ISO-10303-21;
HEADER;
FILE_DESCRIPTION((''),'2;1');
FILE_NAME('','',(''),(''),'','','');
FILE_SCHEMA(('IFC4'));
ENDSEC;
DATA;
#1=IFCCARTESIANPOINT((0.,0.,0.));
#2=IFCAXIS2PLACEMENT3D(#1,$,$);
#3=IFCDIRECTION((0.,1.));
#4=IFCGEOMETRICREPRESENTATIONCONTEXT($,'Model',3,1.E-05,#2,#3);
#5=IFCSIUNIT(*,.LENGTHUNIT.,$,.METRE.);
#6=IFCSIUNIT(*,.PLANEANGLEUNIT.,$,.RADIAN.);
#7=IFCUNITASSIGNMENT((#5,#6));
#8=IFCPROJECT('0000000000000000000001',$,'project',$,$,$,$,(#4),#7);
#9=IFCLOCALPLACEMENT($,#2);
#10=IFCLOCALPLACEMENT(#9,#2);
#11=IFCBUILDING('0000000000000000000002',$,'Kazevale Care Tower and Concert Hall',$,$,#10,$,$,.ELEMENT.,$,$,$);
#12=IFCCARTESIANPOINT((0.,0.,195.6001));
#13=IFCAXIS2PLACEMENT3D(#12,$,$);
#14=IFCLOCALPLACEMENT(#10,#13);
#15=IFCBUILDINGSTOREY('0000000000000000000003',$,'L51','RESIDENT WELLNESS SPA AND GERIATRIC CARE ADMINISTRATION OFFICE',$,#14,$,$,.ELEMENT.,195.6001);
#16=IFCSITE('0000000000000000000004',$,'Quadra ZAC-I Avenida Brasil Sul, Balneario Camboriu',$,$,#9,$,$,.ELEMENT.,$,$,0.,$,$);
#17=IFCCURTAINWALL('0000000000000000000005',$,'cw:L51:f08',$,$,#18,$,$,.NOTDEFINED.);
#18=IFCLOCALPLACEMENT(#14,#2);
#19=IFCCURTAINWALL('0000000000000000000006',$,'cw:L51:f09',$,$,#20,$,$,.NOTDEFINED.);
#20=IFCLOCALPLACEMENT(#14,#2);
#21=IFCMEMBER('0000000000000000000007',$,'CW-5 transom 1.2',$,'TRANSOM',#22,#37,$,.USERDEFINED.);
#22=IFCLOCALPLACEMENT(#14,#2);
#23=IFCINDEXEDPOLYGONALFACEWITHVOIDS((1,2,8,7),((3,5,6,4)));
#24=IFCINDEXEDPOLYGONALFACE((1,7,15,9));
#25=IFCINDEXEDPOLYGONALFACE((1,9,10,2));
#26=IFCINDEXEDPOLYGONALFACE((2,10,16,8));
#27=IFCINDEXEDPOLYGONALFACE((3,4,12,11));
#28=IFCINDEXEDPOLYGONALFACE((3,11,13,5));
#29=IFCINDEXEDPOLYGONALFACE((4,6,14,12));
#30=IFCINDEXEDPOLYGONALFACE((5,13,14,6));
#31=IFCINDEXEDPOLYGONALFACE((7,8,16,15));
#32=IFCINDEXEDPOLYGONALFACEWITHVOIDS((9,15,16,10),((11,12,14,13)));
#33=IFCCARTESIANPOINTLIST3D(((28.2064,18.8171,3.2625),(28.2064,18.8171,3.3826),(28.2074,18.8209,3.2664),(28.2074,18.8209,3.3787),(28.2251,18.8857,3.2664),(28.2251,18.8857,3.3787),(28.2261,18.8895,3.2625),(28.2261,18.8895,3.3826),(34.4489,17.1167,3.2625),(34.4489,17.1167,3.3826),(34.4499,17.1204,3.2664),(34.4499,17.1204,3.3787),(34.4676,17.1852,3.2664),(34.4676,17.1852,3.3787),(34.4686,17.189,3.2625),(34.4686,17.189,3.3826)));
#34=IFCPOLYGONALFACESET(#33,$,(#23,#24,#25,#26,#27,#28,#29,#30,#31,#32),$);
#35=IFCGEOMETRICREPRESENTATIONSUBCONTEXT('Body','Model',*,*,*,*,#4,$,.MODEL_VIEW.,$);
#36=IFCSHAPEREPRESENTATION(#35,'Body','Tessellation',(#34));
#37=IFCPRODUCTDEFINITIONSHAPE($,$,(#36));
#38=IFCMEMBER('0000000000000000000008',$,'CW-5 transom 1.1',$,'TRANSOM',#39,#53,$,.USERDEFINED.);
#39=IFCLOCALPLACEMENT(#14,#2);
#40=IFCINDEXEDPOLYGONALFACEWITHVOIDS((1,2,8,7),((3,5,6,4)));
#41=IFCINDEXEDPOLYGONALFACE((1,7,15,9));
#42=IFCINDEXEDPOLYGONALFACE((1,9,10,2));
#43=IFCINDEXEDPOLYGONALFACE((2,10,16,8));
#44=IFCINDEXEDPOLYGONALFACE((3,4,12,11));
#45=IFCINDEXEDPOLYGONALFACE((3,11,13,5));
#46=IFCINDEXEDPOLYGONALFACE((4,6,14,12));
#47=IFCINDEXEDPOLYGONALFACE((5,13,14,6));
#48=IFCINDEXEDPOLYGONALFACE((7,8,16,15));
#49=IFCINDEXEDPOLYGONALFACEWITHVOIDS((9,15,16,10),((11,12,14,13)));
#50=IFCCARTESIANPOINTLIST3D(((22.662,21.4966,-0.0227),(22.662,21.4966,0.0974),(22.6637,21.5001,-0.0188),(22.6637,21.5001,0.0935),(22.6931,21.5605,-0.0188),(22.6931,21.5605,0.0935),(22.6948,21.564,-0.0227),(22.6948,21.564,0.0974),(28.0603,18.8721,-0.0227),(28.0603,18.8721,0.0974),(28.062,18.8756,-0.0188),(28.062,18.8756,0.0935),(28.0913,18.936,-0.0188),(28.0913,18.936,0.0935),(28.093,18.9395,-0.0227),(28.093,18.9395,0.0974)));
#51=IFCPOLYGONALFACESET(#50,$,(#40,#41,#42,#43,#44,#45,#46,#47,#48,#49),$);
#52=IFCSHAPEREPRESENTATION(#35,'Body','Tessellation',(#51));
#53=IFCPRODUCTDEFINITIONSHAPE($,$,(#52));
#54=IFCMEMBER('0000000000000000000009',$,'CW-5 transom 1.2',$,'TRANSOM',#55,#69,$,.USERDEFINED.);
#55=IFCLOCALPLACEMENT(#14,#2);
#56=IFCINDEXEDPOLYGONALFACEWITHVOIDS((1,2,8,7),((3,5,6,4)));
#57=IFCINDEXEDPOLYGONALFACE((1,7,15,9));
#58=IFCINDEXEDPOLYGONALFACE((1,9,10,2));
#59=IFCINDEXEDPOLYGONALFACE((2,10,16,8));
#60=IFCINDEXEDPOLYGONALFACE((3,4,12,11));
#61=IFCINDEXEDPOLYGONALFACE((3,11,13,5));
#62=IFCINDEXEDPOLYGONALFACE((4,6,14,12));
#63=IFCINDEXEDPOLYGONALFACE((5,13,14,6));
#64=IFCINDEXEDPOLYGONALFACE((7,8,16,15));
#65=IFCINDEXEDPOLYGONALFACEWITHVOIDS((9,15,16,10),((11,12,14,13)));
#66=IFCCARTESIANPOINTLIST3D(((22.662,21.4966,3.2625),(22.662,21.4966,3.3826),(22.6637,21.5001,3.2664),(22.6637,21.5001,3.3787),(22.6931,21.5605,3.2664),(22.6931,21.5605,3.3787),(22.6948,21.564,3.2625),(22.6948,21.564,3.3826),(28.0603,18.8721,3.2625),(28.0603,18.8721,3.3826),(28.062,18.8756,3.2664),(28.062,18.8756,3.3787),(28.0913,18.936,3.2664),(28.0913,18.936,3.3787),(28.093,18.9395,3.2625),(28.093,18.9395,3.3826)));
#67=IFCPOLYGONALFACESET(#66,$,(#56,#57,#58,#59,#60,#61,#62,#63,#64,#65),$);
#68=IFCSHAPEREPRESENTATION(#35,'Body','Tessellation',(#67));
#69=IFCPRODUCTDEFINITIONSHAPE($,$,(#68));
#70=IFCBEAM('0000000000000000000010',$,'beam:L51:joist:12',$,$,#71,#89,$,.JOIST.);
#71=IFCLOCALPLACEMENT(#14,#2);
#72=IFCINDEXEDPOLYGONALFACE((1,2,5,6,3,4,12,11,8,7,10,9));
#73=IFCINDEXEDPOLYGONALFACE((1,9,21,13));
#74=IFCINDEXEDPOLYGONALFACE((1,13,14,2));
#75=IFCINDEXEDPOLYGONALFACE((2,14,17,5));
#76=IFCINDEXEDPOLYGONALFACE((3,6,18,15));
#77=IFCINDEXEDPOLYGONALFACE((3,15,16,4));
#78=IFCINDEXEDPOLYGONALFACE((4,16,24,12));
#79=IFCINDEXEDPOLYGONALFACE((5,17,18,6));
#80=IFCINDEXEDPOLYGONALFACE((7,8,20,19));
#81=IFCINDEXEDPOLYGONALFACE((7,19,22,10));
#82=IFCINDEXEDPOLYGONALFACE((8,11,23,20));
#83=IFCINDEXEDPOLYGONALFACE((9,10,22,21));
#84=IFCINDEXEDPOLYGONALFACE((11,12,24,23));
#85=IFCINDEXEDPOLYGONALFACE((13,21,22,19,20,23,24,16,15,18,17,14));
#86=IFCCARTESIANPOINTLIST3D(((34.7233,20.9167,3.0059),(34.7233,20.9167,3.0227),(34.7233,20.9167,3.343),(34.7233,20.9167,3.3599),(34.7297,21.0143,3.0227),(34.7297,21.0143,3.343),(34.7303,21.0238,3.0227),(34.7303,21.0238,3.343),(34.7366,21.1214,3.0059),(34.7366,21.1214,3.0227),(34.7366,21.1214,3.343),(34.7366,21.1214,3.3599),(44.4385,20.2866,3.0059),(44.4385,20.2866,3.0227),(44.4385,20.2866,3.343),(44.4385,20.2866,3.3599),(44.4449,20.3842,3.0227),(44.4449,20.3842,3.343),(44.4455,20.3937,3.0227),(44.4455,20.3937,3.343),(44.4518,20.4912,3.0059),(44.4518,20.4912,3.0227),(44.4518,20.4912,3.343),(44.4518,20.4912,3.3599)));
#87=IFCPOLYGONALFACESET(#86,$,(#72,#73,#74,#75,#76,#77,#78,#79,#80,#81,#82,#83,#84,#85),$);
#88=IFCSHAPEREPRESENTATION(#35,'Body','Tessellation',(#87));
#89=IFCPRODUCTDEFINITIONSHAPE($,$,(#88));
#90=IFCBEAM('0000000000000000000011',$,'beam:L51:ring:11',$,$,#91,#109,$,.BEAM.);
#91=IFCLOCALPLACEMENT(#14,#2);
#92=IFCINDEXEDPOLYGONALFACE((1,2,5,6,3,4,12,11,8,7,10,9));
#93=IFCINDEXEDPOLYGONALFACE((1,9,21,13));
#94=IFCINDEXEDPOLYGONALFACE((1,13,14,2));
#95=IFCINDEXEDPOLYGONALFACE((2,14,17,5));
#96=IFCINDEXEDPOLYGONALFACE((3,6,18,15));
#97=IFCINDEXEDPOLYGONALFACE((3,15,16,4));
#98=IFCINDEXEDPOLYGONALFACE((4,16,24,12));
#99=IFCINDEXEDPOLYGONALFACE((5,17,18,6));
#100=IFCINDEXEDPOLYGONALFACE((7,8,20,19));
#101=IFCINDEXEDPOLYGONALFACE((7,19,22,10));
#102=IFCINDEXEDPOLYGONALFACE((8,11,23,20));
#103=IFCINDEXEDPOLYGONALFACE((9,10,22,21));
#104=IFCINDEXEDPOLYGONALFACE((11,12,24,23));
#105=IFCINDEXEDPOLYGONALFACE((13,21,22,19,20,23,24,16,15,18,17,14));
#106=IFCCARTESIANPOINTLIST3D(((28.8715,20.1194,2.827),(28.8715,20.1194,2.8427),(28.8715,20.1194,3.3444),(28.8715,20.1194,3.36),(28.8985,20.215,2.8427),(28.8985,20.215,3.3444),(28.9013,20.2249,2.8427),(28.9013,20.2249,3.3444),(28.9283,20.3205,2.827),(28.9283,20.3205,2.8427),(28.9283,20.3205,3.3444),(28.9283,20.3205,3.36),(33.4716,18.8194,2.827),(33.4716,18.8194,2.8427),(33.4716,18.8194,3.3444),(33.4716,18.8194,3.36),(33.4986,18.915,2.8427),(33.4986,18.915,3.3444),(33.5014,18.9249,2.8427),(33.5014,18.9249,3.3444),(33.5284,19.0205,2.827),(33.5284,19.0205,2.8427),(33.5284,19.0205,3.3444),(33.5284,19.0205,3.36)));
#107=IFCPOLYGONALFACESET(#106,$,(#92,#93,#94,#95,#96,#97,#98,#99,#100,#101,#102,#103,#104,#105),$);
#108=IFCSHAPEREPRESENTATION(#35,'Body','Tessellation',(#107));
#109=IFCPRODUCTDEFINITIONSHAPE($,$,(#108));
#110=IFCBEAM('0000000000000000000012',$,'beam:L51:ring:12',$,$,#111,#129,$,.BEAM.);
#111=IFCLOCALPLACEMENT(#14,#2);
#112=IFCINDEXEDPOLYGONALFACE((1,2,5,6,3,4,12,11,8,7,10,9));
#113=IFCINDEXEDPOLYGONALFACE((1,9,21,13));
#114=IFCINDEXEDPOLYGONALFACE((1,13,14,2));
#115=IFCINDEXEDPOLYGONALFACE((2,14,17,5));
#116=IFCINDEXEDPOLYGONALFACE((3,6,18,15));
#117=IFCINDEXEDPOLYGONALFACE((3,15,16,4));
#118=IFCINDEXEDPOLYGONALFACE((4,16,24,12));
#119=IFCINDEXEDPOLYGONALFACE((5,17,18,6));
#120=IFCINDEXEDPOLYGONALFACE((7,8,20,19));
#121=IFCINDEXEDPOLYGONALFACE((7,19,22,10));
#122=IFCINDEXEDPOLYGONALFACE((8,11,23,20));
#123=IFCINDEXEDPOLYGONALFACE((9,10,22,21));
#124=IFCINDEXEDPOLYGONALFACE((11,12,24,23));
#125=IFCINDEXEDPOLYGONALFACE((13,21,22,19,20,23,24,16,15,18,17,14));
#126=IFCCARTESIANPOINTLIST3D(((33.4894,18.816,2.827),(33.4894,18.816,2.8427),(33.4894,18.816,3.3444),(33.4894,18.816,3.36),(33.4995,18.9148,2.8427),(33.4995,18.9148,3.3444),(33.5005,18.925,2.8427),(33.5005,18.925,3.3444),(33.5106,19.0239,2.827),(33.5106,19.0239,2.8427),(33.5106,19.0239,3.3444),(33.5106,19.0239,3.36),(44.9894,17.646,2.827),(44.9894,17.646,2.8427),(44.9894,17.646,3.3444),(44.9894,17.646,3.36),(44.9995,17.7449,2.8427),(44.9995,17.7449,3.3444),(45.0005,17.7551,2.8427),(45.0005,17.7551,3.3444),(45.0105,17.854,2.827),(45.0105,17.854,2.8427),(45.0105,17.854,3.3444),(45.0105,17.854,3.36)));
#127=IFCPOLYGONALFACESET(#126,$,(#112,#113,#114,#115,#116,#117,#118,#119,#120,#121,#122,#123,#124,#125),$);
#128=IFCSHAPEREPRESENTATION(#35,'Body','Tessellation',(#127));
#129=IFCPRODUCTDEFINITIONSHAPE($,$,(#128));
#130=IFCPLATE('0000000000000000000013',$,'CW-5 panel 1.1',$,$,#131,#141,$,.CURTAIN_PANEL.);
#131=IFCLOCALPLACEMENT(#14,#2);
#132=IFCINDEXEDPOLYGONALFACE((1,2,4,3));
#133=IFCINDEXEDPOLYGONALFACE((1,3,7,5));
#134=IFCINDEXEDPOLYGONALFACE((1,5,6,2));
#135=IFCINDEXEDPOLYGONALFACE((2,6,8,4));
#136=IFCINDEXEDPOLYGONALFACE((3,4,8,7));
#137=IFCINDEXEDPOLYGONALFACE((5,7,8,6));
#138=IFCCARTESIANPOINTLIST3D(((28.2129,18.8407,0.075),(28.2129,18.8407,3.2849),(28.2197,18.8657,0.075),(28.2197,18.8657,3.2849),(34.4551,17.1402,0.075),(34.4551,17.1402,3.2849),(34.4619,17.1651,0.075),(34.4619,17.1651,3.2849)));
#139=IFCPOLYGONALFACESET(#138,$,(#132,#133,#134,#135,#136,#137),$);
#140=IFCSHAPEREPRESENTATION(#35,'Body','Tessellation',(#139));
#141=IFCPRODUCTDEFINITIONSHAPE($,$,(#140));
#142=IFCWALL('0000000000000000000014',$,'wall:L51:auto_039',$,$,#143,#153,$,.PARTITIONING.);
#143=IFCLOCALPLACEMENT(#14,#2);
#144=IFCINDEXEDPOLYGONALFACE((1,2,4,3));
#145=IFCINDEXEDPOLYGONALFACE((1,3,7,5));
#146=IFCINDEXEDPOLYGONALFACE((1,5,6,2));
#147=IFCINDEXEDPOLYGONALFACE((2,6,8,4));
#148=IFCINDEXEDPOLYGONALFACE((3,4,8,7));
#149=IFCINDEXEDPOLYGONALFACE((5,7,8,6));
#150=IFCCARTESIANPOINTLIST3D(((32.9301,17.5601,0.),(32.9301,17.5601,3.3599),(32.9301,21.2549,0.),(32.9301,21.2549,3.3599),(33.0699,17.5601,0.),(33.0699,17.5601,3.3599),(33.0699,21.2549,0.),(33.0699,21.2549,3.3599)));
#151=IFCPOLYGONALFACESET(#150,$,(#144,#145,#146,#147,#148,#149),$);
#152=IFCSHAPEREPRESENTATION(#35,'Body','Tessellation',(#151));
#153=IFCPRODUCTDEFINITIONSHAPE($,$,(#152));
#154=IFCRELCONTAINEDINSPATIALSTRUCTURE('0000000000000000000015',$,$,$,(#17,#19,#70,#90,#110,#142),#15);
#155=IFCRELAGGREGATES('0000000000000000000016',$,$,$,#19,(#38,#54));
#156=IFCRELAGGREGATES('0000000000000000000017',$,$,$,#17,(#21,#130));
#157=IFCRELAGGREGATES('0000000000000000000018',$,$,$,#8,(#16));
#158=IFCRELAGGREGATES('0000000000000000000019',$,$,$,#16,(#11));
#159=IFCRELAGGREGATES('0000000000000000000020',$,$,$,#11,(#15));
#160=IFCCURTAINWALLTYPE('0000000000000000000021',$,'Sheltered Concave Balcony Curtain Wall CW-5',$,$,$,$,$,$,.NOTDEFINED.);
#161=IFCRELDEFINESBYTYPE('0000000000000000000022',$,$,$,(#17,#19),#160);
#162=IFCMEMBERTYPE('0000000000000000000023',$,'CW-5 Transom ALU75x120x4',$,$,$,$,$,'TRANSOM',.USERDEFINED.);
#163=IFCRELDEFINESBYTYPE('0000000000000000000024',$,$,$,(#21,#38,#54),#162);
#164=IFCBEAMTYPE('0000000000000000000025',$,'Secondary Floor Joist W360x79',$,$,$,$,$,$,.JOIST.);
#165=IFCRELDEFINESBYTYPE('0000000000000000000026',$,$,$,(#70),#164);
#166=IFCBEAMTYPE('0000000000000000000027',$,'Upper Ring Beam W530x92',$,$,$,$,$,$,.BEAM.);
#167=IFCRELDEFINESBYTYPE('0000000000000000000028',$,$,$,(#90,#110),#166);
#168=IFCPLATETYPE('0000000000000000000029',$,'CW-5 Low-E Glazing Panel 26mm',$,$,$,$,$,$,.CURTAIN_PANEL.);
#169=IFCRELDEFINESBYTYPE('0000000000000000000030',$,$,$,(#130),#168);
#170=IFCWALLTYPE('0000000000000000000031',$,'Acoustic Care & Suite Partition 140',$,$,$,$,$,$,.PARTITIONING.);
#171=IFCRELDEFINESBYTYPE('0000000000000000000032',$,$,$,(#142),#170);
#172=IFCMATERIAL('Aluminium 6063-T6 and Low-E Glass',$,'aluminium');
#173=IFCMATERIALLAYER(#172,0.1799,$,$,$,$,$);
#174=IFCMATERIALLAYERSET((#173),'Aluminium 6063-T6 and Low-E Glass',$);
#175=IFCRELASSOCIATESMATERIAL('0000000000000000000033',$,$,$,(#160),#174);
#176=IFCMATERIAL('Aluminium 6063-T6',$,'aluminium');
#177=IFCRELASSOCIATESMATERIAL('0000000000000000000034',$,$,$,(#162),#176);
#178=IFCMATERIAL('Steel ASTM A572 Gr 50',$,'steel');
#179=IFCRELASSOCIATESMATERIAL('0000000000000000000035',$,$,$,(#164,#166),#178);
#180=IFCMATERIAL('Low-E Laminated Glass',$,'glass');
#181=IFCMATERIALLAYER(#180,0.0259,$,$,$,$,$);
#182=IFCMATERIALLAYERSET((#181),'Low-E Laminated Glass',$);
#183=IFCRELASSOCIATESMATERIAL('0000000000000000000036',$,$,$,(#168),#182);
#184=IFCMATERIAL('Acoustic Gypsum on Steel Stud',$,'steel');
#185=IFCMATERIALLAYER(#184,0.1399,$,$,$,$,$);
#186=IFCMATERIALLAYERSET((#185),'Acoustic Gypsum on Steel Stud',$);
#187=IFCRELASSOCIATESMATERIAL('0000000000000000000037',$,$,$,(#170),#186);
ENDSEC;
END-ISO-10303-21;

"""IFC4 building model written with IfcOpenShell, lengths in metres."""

from ifc_helpers import new_model, si_unit, direction, frame, frame_2d, origin, origin_2d, place, context, subcontext, project, spatial, rectangle, hollow_rectangle, i_section, extrude, material, layer, layer_set, material_profile, profile_set, type_object, element, aggregate, save


model = new_model("IFC4")

# Units and contexts
model_context = context("Model", 3, precision=1e-05, world=origin(), true_north=direction((0.0, 1.0)))
body_context = subcontext(model_context, "Body", "Model", "MODEL_VIEW")
ifc_project = project(units=[si_unit("LENGTHUNIT", "METRE"), si_unit("PLANEANGLEUNIT", "RADIAN")], contexts=[model_context])

# Site, building, storey
site_placement = place(None, origin())
site = spatial("IfcSite", under=ifc_project, at=site_placement, Name="Quadra ZAC-I Avenida Brasil Sul, Balneario Camboriu", CompositionType="ELEMENT", RefElevation=0.0)
building_placement = place(site_placement, origin())
building = spatial("IfcBuilding", under=site, at=building_placement, Name="Kazevale Care Tower and Concert Hall", CompositionType="ELEMENT")
storey_placement = place(building_placement, frame((0.0, 0.0, 195.6001)))
storey = spatial("IfcBuildingStorey", under=building, at=storey_placement, Name="L51", Description="RESIDENT WELLNESS SPA AND GERIATRIC CARE ADMINISTRATION OFFICE", CompositionType="ELEMENT", Elevation=195.6001)

# Shared definitions
ifc_material_1 = material(Name="Aluminium 6063-T6 and Low-E Glass", Category="aluminium")
ifc_layer_1 = layer(ifc_material_1, 0.1799)
ifc_layer_set_1 = layer_set([ifc_layer_1], Name="Aluminium 6063-T6 and Low-E Glass")
curtain_wall_type = type_object("IfcCurtainWallType", Name="Sheltered Concave Balcony Curtain Wall CW-5", PredefinedType="NOTDEFINED", material=ifc_layer_set_1)
ifc_material_2 = material(Name="Aluminium 6063-T6", Category="aluminium")

# Curtain wall
curtain_wall_1_placement = place(storey_placement, origin())
curtain_wall_1 = element("IfcCurtainWall", 1, at=curtain_wall_1_placement, inside=storey, type_object=curtain_wall_type, Name="cw:L51:f08", PredefinedType="NOTDEFINED")

# Curtain wall
curtain_wall_2_placement = place(storey_placement, origin())
curtain_wall_2 = element("IfcCurtainWall", 2, at=curtain_wall_2_placement, inside=storey, type_object=curtain_wall_type, Name="cw:L51:f09", PredefinedType="NOTDEFINED")

# Members
ifc_material_profile_1 = material_profile(ifc_material_2, hollow_rectangle(XDim=0.075, YDim=0.1201, WallThickness=0.0039, at=origin_2d()), Name="ALU75x120x4")
ifc_profile_set_1 = profile_set([ifc_material_profile_1], Name="Aluminium 6063-T6")
member_type_1 = type_object("IfcMemberType", Name="CW-5 Transom ALU75x120x4", ElementType="TRANSOM", PredefinedType="USERDEFINED", material=ifc_profile_set_1)
member_1_placement = place(storey_placement, frame((34.4587, 17.1528, 3.3225), z_axis=(-0.964844, 0.262824, 0.0), x_axis=(-0.262824, -0.964844, 0.0)))
member_1 = element("IfcMember", 3, at=member_1_placement, type_object=member_type_1, Name="CW-5 transom 1.2", ObjectType="TRANSOM", PredefinedType="USERDEFINED", context=body_context, shape_type="SweptSolid", body=[
    extrude(hollow_rectangle(XDim=0.075, YDim=0.1201, WallThickness=0.0039, at=origin_2d()), origin(), (0.0, 0.0, 1.0), 6.47),
])
member_2_placement = place(storey_placement, frame((28.0767, 18.9058, 0.0374), z_axis=(-0.899342, 0.437245, 0.0), x_axis=(-0.437245, -0.899342, 0.0)))
member_2 = element("IfcMember", 4, at=member_2_placement, type_object=member_type_1, Name="CW-5 transom 1.1", ObjectType="TRANSOM", PredefinedType="USERDEFINED", context=body_context, shape_type="SweptSolid", body=[
    extrude(hollow_rectangle(XDim=0.075, YDim=0.1201, WallThickness=0.0039, at=origin_2d()), origin(), (0.0, 0.0, 1.0), 6.0024),
])
member_3_placement = place(storey_placement, frame((28.0767, 18.9058, 3.3225), z_axis=(-0.899342, 0.437245, 0.0), x_axis=(-0.437245, -0.899342, 0.0)))
member_3 = element("IfcMember", 5, at=member_3_placement, type_object=member_type_1, Name="CW-5 transom 1.2", ObjectType="TRANSOM", PredefinedType="USERDEFINED", context=body_context, shape_type="SweptSolid", body=[
    extrude(hollow_rectangle(XDim=0.075, YDim=0.1201, WallThickness=0.0039, at=origin_2d()), origin(), (0.0, 0.0, 1.0), 6.0024),
])
aggregate(curtain_wall_2, [member_2, member_3])

# Beams
ifc_material_3 = material(Name="Steel ASTM A572 Gr 50", Category="steel")
ifc_material_profile_2 = material_profile(ifc_material_3, i_section(OverallWidth=0.2051, OverallDepth=0.354, WebThickness=0.0095, FlangeThickness=0.0168, at=origin_2d()), Name="W360x79")
ifc_profile_set_2 = profile_set([ifc_material_profile_2], Name="Steel ASTM A572 Gr 50")
beam_type_1 = type_object("IfcBeamType", Name="Secondary Floor Joist W360x79", PredefinedType="JOIST", material=ifc_profile_set_2)
beam_1_placement = place(storey_placement, frame((34.73, 21.019, 3.1829), z_axis=(0.997903, -0.064725, 0.0), x_axis=(0.064725, 0.997903, 0.0)))
element("IfcBeam", 6, at=beam_1_placement, inside=storey, type_object=beam_type_1, Name="beam:L51:joist:12", PredefinedType="JOIST", context=body_context, shape_type="SweptSolid", body=[
    extrude(i_section(OverallWidth=0.2051, OverallDepth=0.354, WebThickness=0.0095, FlangeThickness=0.0168, at=origin_2d()), origin(), (0.0, 0.0, 1.0), 9.7356),
])
ifc_material_profile_3 = material_profile(ifc_material_3, i_section(OverallWidth=0.209, OverallDepth=0.533, WebThickness=0.0103, FlangeThickness=0.0156, at=origin_2d()), Name="W530x92")
ifc_profile_set_3 = profile_set([ifc_material_profile_3], Name="Steel ASTM A572 Gr 50")
beam_type_2 = type_object("IfcBeamType", Name="Upper Ring Beam W530x92", PredefinedType="BEAM", material=ifc_profile_set_3)
beam_2_placement = place(storey_placement, frame((28.8999, 20.22, 3.0935), z_axis=(0.962308, -0.271961, 0.0), x_axis=(0.271961, 0.962308, 0.0)))
element("IfcBeam", 7, at=beam_2_placement, inside=storey, type_object=beam_type_2, Name="beam:L51:ring:11", PredefinedType="BEAM", context=body_context, shape_type="SweptSolid", body=[
    extrude(i_section(OverallWidth=0.209, OverallDepth=0.533, WebThickness=0.0103, FlangeThickness=0.0156, at=origin_2d()), origin(), (0.0, 0.0, 1.0), 4.7803),
])
beam_3_placement = place(storey_placement, frame((33.5, 18.9199, 3.0935), z_axis=(0.994865, -0.10121, 0.0), x_axis=(0.10121, 0.994865, 0.0)))
element("IfcBeam", 8, at=beam_3_placement, inside=storey, type_object=beam_type_2, Name="beam:L51:ring:12", PredefinedType="BEAM", context=body_context, shape_type="SweptSolid", body=[
    extrude(i_section(OverallWidth=0.209, OverallDepth=0.533, WebThickness=0.0103, FlangeThickness=0.0156, at=origin_2d()), origin(), (0.0, 0.0, 1.0), 11.5593),
])

# Plate
ifc_material_4 = material(Name="Low-E Laminated Glass", Category="glass")
ifc_layer_2 = layer(ifc_material_4, 0.0259)
ifc_layer_set_2 = layer_set([ifc_layer_2], Name="Low-E Laminated Glass")
plate_type = type_object("IfcPlateType", Name="CW-5 Low-E Glazing Panel 26mm", PredefinedType="CURTAIN_PANEL", material=ifc_layer_set_2)
plate_placement = place(storey_placement, frame((31.3374, 18.0029, 0.075), z_axis=(0.0, 0.0, 1.0), x_axis=(-0.964837, 0.262849, 0.0)))
plate = element("IfcPlate", 9, at=plate_placement, type_object=plate_type, Name="CW-5 panel 1.1", PredefinedType="CURTAIN_PANEL", context=body_context, shape_type="SweptSolid", body=[
    extrude(rectangle(XDim=6.4697, YDim=0.0259, at=origin_2d()), origin(), (0.0, 0.0, 1.0), 3.21),
])
aggregate(curtain_wall_1, [member_1, plate])

# Wall
ifc_material_5 = material(Name="Acoustic Gypsum on Steel Stud", Category="steel")
ifc_layer_3 = layer(ifc_material_5, 0.1399)
ifc_layer_set_3 = layer_set([ifc_layer_3], Name="Acoustic Gypsum on Steel Stud")
wall_type_1 = type_object("IfcWallType", Name="Acoustic Care & Suite Partition 140", PredefinedType="PARTITIONING", material=ifc_layer_set_3)
wall_1_placement = place(storey_placement, frame((33.0, 21.2549, 0.0), z_axis=(0.0, 0.0, 1.0), x_axis=(0.0, -1.0, 0.0)))
element("IfcWall", 10, at=wall_1_placement, inside=storey, type_object=wall_type_1, Name="wall:L51:auto_039", PredefinedType="PARTITIONING", context=body_context, shape_type="SweptSolid", body=[
    extrude(rectangle(XDim=3.6948, YDim=0.1399, at=frame_2d((1.8474, 0.0))), origin(), (0.0, 0.0, 1.0), 3.3599),
])

save(model, "model.ifc")
